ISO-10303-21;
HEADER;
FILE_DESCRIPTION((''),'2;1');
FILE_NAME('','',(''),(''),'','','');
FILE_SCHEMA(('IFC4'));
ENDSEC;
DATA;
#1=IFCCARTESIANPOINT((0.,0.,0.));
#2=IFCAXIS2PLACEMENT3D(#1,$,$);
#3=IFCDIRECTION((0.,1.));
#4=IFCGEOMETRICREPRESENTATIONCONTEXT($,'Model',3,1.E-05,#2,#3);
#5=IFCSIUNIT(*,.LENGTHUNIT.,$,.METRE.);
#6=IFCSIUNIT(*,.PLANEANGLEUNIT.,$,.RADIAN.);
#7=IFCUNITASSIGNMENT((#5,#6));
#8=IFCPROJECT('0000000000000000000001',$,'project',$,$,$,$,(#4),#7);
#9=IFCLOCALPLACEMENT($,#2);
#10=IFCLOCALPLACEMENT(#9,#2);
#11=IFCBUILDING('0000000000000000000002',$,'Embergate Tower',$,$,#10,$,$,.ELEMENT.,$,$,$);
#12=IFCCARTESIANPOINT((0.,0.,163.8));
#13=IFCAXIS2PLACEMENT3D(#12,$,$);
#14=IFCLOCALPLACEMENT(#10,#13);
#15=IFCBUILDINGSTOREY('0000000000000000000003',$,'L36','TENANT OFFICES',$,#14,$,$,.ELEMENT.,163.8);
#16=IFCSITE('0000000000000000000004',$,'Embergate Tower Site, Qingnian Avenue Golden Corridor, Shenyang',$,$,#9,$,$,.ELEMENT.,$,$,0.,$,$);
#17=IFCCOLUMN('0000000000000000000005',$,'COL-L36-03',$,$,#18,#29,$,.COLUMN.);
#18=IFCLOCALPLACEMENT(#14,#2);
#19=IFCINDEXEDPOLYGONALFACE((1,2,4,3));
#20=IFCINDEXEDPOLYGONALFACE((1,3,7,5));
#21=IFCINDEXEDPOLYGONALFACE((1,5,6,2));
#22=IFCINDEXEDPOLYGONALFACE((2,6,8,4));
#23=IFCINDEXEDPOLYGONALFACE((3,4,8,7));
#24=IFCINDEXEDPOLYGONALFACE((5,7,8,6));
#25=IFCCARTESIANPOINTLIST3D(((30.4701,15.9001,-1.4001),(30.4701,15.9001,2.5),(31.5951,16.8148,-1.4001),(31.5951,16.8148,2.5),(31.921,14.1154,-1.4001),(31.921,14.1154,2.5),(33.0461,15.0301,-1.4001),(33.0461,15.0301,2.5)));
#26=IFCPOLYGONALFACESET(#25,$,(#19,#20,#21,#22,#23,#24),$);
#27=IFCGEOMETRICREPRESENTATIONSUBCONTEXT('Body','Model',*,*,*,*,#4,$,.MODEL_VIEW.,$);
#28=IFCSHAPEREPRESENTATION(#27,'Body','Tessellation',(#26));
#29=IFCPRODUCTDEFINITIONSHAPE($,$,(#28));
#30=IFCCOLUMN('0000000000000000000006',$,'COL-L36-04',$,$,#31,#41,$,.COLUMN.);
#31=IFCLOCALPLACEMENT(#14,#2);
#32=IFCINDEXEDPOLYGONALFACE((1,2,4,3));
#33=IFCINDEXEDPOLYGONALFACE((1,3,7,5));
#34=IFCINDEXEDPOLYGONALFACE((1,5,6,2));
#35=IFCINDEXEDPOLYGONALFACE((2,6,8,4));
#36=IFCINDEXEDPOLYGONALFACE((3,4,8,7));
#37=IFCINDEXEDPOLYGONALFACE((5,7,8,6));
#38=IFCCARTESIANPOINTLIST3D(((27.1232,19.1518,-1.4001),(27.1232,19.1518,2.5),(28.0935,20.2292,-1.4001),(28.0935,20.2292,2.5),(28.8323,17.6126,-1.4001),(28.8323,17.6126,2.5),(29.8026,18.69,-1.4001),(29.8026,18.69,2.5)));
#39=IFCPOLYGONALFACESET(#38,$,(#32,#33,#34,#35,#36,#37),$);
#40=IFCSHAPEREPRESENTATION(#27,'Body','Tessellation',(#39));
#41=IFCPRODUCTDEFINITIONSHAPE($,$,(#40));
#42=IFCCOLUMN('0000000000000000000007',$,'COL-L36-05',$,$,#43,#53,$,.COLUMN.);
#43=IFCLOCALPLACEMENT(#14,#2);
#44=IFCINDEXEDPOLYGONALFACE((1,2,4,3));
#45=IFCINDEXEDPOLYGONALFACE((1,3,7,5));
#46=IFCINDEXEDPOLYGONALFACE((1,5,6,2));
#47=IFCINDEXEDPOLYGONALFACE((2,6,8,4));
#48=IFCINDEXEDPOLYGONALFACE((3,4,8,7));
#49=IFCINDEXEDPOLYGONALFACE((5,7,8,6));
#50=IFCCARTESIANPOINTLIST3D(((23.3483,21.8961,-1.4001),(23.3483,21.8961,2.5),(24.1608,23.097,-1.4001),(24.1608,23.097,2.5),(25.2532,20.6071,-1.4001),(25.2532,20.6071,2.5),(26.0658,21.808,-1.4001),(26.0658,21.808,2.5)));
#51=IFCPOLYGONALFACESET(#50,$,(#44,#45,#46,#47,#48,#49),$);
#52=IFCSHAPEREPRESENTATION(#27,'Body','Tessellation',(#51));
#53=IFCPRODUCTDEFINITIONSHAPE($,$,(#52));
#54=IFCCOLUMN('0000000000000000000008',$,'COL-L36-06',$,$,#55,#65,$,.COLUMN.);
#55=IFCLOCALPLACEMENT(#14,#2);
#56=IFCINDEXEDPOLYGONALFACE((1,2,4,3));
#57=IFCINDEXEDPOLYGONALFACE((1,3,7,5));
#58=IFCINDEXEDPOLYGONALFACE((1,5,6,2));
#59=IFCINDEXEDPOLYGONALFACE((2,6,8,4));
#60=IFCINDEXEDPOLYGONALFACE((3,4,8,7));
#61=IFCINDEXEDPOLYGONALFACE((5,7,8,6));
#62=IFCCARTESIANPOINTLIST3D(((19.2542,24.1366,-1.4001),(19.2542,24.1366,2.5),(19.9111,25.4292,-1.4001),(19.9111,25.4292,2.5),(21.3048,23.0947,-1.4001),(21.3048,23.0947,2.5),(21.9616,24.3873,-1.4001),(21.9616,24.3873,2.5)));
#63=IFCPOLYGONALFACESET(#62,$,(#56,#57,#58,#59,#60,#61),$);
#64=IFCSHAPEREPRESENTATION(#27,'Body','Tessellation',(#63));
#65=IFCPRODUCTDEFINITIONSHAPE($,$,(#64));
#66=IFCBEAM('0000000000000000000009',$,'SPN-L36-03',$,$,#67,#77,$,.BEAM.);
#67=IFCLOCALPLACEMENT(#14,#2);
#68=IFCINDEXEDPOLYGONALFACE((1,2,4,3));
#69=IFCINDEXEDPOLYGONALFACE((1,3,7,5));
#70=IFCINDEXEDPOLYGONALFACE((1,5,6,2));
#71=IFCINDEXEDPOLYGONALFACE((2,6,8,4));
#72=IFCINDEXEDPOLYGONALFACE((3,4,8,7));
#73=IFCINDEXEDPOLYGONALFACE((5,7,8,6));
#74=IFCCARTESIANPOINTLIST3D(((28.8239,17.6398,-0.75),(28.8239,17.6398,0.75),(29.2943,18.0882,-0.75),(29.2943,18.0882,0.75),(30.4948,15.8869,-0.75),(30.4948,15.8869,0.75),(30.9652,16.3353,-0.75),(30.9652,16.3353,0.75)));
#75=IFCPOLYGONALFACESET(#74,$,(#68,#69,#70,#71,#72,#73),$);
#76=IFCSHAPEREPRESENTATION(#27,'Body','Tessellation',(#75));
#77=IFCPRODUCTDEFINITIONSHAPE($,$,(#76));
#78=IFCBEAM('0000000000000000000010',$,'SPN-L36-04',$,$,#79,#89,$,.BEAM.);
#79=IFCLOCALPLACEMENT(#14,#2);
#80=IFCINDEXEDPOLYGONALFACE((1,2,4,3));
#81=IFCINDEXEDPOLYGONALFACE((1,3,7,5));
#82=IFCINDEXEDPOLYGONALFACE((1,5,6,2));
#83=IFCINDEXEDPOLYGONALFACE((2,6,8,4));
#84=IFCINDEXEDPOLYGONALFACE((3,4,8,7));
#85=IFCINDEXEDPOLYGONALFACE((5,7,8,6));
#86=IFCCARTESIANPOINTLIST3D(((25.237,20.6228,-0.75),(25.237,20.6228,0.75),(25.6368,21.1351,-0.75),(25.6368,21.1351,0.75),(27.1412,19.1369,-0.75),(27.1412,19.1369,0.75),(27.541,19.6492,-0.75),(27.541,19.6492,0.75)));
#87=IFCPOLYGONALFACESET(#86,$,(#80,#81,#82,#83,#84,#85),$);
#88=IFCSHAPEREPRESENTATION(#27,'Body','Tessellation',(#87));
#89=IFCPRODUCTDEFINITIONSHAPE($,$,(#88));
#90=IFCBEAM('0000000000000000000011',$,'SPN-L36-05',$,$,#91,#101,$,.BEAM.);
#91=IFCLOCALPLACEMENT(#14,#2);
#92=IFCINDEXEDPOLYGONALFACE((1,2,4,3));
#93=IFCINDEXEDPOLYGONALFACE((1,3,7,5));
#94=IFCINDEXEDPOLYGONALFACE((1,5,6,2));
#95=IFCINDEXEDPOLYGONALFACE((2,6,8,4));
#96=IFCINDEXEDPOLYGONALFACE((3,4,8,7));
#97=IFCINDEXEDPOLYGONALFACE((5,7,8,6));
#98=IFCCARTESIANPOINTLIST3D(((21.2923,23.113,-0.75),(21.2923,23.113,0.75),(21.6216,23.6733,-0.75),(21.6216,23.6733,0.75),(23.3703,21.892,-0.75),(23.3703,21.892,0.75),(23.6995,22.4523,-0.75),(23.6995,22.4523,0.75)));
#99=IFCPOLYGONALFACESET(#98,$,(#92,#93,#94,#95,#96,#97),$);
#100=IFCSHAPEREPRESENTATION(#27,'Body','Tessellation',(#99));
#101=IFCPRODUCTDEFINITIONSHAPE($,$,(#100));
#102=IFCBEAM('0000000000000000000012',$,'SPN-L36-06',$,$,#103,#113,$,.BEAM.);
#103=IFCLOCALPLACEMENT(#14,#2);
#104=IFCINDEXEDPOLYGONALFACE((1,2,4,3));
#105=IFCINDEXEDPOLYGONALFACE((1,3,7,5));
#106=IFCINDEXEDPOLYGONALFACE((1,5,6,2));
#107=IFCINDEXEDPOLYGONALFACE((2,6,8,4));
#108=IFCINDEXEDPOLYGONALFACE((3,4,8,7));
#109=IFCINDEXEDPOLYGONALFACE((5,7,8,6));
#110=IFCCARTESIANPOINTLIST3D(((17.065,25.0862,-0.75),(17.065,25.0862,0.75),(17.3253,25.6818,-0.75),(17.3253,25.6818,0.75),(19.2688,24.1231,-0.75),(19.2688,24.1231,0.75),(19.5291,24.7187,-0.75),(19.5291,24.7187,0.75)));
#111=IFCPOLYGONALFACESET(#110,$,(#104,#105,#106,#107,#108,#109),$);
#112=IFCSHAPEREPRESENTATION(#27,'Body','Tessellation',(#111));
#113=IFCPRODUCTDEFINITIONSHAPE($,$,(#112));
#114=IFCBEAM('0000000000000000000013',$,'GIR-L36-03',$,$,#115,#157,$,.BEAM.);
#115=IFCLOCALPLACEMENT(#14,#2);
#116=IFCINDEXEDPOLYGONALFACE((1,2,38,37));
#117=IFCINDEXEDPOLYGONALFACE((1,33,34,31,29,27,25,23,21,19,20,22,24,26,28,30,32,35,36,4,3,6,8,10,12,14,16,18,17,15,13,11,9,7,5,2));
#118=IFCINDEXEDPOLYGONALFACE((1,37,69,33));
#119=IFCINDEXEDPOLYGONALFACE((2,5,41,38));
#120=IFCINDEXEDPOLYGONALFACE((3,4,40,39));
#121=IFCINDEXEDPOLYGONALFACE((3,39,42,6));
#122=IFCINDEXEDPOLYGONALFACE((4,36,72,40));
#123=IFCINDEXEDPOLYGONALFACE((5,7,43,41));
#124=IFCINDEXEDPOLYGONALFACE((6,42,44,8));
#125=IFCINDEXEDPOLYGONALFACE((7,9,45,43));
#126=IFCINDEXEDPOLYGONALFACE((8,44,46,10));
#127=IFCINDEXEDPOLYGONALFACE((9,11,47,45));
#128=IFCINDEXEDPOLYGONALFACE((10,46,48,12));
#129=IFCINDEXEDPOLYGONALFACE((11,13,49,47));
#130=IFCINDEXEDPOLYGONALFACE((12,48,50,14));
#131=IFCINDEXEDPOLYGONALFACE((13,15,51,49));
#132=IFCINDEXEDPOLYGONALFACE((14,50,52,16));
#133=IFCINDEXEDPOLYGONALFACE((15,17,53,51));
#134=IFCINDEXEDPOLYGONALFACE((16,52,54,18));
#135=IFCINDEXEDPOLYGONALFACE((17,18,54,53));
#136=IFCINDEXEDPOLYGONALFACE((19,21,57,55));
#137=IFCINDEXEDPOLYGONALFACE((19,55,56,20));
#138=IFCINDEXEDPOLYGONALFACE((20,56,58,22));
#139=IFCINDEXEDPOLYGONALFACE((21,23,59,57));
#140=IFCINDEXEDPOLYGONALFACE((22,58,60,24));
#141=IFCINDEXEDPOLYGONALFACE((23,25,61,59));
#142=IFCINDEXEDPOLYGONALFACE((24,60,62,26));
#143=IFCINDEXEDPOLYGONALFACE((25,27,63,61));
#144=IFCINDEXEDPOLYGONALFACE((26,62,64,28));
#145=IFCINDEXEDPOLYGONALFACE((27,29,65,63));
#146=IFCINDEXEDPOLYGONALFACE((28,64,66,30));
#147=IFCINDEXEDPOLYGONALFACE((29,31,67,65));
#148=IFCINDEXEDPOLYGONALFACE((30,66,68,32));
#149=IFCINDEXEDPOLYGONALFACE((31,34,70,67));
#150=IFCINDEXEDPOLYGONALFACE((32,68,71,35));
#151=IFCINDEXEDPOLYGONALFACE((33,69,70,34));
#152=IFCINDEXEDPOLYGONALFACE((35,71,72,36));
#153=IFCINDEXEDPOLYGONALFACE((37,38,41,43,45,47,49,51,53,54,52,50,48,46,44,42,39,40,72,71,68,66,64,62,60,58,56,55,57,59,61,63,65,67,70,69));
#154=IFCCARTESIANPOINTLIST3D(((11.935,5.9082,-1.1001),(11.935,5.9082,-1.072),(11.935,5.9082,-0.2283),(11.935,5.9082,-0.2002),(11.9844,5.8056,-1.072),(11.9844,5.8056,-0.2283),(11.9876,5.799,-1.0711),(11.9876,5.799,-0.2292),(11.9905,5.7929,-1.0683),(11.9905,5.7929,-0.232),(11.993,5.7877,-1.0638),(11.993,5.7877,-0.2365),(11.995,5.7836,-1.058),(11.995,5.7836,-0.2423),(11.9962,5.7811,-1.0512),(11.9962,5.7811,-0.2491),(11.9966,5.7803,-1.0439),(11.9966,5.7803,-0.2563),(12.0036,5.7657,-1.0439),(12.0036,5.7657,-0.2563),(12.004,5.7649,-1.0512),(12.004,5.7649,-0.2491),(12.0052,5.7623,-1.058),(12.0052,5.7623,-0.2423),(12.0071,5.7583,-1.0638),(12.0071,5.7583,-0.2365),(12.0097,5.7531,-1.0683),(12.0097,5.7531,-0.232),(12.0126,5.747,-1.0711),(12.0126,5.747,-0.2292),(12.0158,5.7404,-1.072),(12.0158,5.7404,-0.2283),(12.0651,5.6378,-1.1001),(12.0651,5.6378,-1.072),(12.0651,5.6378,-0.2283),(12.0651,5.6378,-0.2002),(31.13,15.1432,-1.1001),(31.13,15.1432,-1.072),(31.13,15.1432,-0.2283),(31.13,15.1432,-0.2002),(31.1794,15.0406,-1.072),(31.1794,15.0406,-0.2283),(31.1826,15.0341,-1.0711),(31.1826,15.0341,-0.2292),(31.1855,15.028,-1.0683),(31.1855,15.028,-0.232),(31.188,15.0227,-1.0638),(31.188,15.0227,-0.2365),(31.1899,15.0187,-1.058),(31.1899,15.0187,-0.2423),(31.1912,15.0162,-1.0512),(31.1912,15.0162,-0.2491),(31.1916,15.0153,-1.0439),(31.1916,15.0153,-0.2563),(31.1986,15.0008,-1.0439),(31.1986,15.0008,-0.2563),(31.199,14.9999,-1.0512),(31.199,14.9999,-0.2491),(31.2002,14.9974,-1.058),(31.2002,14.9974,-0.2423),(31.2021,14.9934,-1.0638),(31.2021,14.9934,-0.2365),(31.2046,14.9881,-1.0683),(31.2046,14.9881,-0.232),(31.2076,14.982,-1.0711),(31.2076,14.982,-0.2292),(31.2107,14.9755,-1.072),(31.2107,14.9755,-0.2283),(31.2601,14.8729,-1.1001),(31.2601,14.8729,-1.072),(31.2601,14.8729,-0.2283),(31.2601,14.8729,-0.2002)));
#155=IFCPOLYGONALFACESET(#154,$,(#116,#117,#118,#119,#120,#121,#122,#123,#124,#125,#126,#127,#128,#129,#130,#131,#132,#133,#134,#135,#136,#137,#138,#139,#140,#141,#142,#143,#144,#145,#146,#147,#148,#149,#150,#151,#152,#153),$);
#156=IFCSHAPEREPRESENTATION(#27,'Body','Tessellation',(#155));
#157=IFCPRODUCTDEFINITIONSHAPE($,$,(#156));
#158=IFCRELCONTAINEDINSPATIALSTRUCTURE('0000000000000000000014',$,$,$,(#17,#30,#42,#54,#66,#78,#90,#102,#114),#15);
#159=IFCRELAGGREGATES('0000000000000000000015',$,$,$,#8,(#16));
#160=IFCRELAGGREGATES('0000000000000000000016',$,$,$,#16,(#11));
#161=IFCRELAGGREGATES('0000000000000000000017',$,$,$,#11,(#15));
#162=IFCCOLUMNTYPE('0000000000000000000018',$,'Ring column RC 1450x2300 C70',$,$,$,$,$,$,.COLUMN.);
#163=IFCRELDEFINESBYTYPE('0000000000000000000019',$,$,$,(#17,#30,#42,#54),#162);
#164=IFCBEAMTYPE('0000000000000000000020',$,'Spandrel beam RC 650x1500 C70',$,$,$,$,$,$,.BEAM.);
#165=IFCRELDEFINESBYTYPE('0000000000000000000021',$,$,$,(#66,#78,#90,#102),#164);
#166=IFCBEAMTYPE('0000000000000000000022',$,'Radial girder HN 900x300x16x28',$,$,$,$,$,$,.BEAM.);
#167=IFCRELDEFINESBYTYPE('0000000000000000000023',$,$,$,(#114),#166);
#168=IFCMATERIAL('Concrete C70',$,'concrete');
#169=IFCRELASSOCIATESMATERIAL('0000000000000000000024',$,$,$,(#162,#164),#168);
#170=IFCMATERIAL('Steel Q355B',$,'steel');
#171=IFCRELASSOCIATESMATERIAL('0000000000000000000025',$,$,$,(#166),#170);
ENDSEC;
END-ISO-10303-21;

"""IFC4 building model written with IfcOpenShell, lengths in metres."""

from ifc_helpers import new_model, si_unit, direction, frame, origin, origin_2d, place, context, subcontext, project, spatial, rectangle, i_section, extrude, source, transform, mapped, material, material_profile, profile_set, type_object, element, save


model = new_model("IFC4")

# Units and contexts
model_context = context("Model", 3, precision=1e-05, world=origin(), true_north=direction((0.0, 1.0)))
body_context = subcontext(model_context, "Body", "Model", "MODEL_VIEW")
ifc_project = project(units=[si_unit("LENGTHUNIT", "METRE"), si_unit("PLANEANGLEUNIT", "RADIAN")], contexts=[model_context])

# Site, building, storey
site_placement = place(None, origin())
site = spatial("IfcSite", under=ifc_project, at=site_placement, Name="Embergate Tower Site, Qingnian Avenue Golden Corridor, Shenyang", CompositionType="ELEMENT", RefElevation=0.0)
building_placement = place(site_placement, origin())
building = spatial("IfcBuilding", under=site, at=building_placement, Name="Embergate Tower", CompositionType="ELEMENT")
storey_placement = place(building_placement, frame((0.0, 0.0, 163.8)))
storey = spatial("IfcBuildingStorey", under=building, at=storey_placement, Name="L36", Description="TENANT OFFICES", CompositionType="ELEMENT", Elevation=163.8)

# Columns
ifc_material_1 = material(Name="Concrete C70", Category="concrete")
ifc_material_profile_1 = material_profile(ifc_material_1, rectangle(XDim=1.45, YDim=2.3, at=origin_2d()), Name="RC 1450x2300")
ifc_profile_set_1 = profile_set([ifc_material_profile_1], Name="Concrete C70")
column_type = type_object("IfcColumnType", Name="Ring column RC 1450x2300 C70", PredefinedType="COLUMN", material=ifc_profile_set_1)
shared_shape_1 = source(origin(), body_context, "Body", "SweptSolid", [
    extrude(rectangle(XDim=1.45, YDim=2.3, at=origin_2d()), origin(), (0.0, 0.0, 1.0), 3.9001),
])
for number, where, z_axis, x_axis, name in (
    (1, (31.7581, 15.4651, -1.4001), (0.0, 0.0, 1.0), (0.775914, 0.630838, 0.0), "COL-L36-03"),
    (2, (28.4629, 18.9209, -1.4001), (0.0, 0.0, 1.0), (0.669208, 0.743075, 0.0), "COL-L36-04"),
    (3, (24.707, 21.8521, -1.4001), (0.0, 0.0, 1.0), (0.560393, 0.828227, 0.0), "COL-L36-05"),
    (4, (20.6079, 24.262, -1.4001), (0.0, 0.0, 1.0), (0.452995, 0.891513, 0.0), "COL-L36-06"),
):
    element("IfcColumn", number, at=place(storey_placement, frame(where, z_axis=z_axis, x_axis=x_axis)), inside=storey, type_object=column_type, Name=name, PredefinedType="COLUMN", context=body_context, shape_type="MappedRepresentation", body=[
        mapped(shared_shape_1, transform((0.0, 0.0, 0.0))),
    ])

# Beams
ifc_material_profile_2 = material_profile(ifc_material_1, rectangle(XDim=0.6499, YDim=1.5, at=origin_2d()), Name="RC 650x1500")
ifc_profile_set_2 = profile_set([ifc_material_profile_2], Name="Concrete C70")
beam_type_1 = type_object("IfcBeamType", Name="Spandrel beam RC 650x1500 C70", PredefinedType="BEAM", material=ifc_profile_set_2)
shared_shape_2 = source(origin(), body_context, "Body", "SweptSolid", [
    extrude(rectangle(XDim=0.6499, YDim=1.5, at=origin_2d()), origin(), (0.0, 0.0, 1.0), 2.4216),
])
beam_1_placement = place(storey_placement, frame((30.73, 16.1111, 0.0), z_axis=(-0.689967, 0.723841, 0.0), x_axis=(-0.723841, -0.689967, 0.0)))
element("IfcBeam", 5, at=beam_1_placement, inside=storey, type_object=beam_type_1, Name="SPN-L36-03", PredefinedType="BEAM", context=body_context, shape_type="MappedRepresentation", body=[
    mapped(shared_shape_2, transform((0.0, 0.0, 0.0))),
])
shared_shape_3 = source(origin(), body_context, "Body", "SweptSolid", [
    extrude(rectangle(XDim=0.6499, YDim=1.5, at=origin_2d()), origin(), (0.0, 0.0, 1.0), 2.4153),
])
beam_2_placement = place(storey_placement, frame((27.3411, 19.3931, 0.0), z_axis=(-0.788366, 0.615207, 0.0), x_axis=(-0.615207, -0.788366, 0.0)))
element("IfcBeam", 6, at=beam_2_placement, inside=storey, type_object=beam_type_1, Name="SPN-L36-04", PredefinedType="BEAM", context=body_context, shape_type="MappedRepresentation", body=[
    mapped(shared_shape_3, transform((0.0, 0.0, 0.0))),
])
shared_shape_4 = source(origin(), body_context, "Body", "SweptSolid", [
    extrude(rectangle(XDim=0.6499, YDim=1.5, at=origin_2d()), origin(), (0.0, 0.0, 1.0), 2.4102),
])
beam_3_placement = place(storey_placement, frame((23.5349, 22.1721, 0.0), z_axis=(-0.862176, 0.506608, 0.0), x_axis=(-0.506608, -0.862176, 0.0)))
element("IfcBeam", 7, at=beam_3_placement, inside=storey, type_object=beam_type_1, Name="SPN-L36-05", PredefinedType="BEAM", context=body_context, shape_type="MappedRepresentation", body=[
    mapped(shared_shape_4, transform((0.0, 0.0, 0.0))),
])
shared_shape_5 = source(origin(), body_context, "Body", "SweptSolid", [
    extrude(rectangle(XDim=0.6499, YDim=1.5, at=origin_2d()), origin(), (0.0, 0.0, 1.0), 2.405),
])
beam_4_placement = place(storey_placement, frame((19.3989, 24.4209, 0.0), z_axis=(-0.916318, 0.400451, 0.0), x_axis=(-0.400451, -0.916318, 0.0)))
element("IfcBeam", 8, at=beam_4_placement, inside=storey, type_object=beam_type_1, Name="SPN-L36-06", PredefinedType="BEAM", context=body_context, shape_type="MappedRepresentation", body=[
    mapped(shared_shape_5, transform((0.0, 0.0, 0.0))),
])
ifc_material_2 = material(Name="Steel Q355B", Category="steel")
ifc_material_profile_3 = material_profile(ifc_material_2, i_section(OverallWidth=0.3, OverallDepth=0.8999, WebThickness=0.0161, FlangeThickness=0.0281, FilletRadius=0.0281, at=origin_2d()), Name="HN 900x300x16x28")
ifc_profile_set_3 = profile_set([ifc_material_profile_3], Name="Steel Q355 grade B")
beam_type_2 = type_object("IfcBeamType", Name="Radial girder HN 900x300x16x28", PredefinedType="BEAM", material=ifc_profile_set_3)
shared_shape_6 = source(origin(), body_context, "Body", "SweptSolid", [
    extrude(i_section(OverallWidth=0.3, OverallDepth=0.8999, WebThickness=0.0161, FlangeThickness=0.0281, FilletRadius=0.0281, at=origin_2d()), origin(), (0.0, 0.0, 1.0), 21.301),
])
beam_5_placement = place(storey_placement, frame((31.1951, 15.0081, -0.6501), z_axis=(-0.901129, -0.43355, 0.0), x_axis=(0.43355, -0.901129, 0.0)))
element("IfcBeam", 9, at=beam_5_placement, inside=storey, type_object=beam_type_2, Name="GIR-L36-03", PredefinedType="BEAM", context=body_context, shape_type="MappedRepresentation", body=[
    mapped(shared_shape_6, transform((0.0, 0.0, 0.0))),
])

save(model, "model.ifc")
